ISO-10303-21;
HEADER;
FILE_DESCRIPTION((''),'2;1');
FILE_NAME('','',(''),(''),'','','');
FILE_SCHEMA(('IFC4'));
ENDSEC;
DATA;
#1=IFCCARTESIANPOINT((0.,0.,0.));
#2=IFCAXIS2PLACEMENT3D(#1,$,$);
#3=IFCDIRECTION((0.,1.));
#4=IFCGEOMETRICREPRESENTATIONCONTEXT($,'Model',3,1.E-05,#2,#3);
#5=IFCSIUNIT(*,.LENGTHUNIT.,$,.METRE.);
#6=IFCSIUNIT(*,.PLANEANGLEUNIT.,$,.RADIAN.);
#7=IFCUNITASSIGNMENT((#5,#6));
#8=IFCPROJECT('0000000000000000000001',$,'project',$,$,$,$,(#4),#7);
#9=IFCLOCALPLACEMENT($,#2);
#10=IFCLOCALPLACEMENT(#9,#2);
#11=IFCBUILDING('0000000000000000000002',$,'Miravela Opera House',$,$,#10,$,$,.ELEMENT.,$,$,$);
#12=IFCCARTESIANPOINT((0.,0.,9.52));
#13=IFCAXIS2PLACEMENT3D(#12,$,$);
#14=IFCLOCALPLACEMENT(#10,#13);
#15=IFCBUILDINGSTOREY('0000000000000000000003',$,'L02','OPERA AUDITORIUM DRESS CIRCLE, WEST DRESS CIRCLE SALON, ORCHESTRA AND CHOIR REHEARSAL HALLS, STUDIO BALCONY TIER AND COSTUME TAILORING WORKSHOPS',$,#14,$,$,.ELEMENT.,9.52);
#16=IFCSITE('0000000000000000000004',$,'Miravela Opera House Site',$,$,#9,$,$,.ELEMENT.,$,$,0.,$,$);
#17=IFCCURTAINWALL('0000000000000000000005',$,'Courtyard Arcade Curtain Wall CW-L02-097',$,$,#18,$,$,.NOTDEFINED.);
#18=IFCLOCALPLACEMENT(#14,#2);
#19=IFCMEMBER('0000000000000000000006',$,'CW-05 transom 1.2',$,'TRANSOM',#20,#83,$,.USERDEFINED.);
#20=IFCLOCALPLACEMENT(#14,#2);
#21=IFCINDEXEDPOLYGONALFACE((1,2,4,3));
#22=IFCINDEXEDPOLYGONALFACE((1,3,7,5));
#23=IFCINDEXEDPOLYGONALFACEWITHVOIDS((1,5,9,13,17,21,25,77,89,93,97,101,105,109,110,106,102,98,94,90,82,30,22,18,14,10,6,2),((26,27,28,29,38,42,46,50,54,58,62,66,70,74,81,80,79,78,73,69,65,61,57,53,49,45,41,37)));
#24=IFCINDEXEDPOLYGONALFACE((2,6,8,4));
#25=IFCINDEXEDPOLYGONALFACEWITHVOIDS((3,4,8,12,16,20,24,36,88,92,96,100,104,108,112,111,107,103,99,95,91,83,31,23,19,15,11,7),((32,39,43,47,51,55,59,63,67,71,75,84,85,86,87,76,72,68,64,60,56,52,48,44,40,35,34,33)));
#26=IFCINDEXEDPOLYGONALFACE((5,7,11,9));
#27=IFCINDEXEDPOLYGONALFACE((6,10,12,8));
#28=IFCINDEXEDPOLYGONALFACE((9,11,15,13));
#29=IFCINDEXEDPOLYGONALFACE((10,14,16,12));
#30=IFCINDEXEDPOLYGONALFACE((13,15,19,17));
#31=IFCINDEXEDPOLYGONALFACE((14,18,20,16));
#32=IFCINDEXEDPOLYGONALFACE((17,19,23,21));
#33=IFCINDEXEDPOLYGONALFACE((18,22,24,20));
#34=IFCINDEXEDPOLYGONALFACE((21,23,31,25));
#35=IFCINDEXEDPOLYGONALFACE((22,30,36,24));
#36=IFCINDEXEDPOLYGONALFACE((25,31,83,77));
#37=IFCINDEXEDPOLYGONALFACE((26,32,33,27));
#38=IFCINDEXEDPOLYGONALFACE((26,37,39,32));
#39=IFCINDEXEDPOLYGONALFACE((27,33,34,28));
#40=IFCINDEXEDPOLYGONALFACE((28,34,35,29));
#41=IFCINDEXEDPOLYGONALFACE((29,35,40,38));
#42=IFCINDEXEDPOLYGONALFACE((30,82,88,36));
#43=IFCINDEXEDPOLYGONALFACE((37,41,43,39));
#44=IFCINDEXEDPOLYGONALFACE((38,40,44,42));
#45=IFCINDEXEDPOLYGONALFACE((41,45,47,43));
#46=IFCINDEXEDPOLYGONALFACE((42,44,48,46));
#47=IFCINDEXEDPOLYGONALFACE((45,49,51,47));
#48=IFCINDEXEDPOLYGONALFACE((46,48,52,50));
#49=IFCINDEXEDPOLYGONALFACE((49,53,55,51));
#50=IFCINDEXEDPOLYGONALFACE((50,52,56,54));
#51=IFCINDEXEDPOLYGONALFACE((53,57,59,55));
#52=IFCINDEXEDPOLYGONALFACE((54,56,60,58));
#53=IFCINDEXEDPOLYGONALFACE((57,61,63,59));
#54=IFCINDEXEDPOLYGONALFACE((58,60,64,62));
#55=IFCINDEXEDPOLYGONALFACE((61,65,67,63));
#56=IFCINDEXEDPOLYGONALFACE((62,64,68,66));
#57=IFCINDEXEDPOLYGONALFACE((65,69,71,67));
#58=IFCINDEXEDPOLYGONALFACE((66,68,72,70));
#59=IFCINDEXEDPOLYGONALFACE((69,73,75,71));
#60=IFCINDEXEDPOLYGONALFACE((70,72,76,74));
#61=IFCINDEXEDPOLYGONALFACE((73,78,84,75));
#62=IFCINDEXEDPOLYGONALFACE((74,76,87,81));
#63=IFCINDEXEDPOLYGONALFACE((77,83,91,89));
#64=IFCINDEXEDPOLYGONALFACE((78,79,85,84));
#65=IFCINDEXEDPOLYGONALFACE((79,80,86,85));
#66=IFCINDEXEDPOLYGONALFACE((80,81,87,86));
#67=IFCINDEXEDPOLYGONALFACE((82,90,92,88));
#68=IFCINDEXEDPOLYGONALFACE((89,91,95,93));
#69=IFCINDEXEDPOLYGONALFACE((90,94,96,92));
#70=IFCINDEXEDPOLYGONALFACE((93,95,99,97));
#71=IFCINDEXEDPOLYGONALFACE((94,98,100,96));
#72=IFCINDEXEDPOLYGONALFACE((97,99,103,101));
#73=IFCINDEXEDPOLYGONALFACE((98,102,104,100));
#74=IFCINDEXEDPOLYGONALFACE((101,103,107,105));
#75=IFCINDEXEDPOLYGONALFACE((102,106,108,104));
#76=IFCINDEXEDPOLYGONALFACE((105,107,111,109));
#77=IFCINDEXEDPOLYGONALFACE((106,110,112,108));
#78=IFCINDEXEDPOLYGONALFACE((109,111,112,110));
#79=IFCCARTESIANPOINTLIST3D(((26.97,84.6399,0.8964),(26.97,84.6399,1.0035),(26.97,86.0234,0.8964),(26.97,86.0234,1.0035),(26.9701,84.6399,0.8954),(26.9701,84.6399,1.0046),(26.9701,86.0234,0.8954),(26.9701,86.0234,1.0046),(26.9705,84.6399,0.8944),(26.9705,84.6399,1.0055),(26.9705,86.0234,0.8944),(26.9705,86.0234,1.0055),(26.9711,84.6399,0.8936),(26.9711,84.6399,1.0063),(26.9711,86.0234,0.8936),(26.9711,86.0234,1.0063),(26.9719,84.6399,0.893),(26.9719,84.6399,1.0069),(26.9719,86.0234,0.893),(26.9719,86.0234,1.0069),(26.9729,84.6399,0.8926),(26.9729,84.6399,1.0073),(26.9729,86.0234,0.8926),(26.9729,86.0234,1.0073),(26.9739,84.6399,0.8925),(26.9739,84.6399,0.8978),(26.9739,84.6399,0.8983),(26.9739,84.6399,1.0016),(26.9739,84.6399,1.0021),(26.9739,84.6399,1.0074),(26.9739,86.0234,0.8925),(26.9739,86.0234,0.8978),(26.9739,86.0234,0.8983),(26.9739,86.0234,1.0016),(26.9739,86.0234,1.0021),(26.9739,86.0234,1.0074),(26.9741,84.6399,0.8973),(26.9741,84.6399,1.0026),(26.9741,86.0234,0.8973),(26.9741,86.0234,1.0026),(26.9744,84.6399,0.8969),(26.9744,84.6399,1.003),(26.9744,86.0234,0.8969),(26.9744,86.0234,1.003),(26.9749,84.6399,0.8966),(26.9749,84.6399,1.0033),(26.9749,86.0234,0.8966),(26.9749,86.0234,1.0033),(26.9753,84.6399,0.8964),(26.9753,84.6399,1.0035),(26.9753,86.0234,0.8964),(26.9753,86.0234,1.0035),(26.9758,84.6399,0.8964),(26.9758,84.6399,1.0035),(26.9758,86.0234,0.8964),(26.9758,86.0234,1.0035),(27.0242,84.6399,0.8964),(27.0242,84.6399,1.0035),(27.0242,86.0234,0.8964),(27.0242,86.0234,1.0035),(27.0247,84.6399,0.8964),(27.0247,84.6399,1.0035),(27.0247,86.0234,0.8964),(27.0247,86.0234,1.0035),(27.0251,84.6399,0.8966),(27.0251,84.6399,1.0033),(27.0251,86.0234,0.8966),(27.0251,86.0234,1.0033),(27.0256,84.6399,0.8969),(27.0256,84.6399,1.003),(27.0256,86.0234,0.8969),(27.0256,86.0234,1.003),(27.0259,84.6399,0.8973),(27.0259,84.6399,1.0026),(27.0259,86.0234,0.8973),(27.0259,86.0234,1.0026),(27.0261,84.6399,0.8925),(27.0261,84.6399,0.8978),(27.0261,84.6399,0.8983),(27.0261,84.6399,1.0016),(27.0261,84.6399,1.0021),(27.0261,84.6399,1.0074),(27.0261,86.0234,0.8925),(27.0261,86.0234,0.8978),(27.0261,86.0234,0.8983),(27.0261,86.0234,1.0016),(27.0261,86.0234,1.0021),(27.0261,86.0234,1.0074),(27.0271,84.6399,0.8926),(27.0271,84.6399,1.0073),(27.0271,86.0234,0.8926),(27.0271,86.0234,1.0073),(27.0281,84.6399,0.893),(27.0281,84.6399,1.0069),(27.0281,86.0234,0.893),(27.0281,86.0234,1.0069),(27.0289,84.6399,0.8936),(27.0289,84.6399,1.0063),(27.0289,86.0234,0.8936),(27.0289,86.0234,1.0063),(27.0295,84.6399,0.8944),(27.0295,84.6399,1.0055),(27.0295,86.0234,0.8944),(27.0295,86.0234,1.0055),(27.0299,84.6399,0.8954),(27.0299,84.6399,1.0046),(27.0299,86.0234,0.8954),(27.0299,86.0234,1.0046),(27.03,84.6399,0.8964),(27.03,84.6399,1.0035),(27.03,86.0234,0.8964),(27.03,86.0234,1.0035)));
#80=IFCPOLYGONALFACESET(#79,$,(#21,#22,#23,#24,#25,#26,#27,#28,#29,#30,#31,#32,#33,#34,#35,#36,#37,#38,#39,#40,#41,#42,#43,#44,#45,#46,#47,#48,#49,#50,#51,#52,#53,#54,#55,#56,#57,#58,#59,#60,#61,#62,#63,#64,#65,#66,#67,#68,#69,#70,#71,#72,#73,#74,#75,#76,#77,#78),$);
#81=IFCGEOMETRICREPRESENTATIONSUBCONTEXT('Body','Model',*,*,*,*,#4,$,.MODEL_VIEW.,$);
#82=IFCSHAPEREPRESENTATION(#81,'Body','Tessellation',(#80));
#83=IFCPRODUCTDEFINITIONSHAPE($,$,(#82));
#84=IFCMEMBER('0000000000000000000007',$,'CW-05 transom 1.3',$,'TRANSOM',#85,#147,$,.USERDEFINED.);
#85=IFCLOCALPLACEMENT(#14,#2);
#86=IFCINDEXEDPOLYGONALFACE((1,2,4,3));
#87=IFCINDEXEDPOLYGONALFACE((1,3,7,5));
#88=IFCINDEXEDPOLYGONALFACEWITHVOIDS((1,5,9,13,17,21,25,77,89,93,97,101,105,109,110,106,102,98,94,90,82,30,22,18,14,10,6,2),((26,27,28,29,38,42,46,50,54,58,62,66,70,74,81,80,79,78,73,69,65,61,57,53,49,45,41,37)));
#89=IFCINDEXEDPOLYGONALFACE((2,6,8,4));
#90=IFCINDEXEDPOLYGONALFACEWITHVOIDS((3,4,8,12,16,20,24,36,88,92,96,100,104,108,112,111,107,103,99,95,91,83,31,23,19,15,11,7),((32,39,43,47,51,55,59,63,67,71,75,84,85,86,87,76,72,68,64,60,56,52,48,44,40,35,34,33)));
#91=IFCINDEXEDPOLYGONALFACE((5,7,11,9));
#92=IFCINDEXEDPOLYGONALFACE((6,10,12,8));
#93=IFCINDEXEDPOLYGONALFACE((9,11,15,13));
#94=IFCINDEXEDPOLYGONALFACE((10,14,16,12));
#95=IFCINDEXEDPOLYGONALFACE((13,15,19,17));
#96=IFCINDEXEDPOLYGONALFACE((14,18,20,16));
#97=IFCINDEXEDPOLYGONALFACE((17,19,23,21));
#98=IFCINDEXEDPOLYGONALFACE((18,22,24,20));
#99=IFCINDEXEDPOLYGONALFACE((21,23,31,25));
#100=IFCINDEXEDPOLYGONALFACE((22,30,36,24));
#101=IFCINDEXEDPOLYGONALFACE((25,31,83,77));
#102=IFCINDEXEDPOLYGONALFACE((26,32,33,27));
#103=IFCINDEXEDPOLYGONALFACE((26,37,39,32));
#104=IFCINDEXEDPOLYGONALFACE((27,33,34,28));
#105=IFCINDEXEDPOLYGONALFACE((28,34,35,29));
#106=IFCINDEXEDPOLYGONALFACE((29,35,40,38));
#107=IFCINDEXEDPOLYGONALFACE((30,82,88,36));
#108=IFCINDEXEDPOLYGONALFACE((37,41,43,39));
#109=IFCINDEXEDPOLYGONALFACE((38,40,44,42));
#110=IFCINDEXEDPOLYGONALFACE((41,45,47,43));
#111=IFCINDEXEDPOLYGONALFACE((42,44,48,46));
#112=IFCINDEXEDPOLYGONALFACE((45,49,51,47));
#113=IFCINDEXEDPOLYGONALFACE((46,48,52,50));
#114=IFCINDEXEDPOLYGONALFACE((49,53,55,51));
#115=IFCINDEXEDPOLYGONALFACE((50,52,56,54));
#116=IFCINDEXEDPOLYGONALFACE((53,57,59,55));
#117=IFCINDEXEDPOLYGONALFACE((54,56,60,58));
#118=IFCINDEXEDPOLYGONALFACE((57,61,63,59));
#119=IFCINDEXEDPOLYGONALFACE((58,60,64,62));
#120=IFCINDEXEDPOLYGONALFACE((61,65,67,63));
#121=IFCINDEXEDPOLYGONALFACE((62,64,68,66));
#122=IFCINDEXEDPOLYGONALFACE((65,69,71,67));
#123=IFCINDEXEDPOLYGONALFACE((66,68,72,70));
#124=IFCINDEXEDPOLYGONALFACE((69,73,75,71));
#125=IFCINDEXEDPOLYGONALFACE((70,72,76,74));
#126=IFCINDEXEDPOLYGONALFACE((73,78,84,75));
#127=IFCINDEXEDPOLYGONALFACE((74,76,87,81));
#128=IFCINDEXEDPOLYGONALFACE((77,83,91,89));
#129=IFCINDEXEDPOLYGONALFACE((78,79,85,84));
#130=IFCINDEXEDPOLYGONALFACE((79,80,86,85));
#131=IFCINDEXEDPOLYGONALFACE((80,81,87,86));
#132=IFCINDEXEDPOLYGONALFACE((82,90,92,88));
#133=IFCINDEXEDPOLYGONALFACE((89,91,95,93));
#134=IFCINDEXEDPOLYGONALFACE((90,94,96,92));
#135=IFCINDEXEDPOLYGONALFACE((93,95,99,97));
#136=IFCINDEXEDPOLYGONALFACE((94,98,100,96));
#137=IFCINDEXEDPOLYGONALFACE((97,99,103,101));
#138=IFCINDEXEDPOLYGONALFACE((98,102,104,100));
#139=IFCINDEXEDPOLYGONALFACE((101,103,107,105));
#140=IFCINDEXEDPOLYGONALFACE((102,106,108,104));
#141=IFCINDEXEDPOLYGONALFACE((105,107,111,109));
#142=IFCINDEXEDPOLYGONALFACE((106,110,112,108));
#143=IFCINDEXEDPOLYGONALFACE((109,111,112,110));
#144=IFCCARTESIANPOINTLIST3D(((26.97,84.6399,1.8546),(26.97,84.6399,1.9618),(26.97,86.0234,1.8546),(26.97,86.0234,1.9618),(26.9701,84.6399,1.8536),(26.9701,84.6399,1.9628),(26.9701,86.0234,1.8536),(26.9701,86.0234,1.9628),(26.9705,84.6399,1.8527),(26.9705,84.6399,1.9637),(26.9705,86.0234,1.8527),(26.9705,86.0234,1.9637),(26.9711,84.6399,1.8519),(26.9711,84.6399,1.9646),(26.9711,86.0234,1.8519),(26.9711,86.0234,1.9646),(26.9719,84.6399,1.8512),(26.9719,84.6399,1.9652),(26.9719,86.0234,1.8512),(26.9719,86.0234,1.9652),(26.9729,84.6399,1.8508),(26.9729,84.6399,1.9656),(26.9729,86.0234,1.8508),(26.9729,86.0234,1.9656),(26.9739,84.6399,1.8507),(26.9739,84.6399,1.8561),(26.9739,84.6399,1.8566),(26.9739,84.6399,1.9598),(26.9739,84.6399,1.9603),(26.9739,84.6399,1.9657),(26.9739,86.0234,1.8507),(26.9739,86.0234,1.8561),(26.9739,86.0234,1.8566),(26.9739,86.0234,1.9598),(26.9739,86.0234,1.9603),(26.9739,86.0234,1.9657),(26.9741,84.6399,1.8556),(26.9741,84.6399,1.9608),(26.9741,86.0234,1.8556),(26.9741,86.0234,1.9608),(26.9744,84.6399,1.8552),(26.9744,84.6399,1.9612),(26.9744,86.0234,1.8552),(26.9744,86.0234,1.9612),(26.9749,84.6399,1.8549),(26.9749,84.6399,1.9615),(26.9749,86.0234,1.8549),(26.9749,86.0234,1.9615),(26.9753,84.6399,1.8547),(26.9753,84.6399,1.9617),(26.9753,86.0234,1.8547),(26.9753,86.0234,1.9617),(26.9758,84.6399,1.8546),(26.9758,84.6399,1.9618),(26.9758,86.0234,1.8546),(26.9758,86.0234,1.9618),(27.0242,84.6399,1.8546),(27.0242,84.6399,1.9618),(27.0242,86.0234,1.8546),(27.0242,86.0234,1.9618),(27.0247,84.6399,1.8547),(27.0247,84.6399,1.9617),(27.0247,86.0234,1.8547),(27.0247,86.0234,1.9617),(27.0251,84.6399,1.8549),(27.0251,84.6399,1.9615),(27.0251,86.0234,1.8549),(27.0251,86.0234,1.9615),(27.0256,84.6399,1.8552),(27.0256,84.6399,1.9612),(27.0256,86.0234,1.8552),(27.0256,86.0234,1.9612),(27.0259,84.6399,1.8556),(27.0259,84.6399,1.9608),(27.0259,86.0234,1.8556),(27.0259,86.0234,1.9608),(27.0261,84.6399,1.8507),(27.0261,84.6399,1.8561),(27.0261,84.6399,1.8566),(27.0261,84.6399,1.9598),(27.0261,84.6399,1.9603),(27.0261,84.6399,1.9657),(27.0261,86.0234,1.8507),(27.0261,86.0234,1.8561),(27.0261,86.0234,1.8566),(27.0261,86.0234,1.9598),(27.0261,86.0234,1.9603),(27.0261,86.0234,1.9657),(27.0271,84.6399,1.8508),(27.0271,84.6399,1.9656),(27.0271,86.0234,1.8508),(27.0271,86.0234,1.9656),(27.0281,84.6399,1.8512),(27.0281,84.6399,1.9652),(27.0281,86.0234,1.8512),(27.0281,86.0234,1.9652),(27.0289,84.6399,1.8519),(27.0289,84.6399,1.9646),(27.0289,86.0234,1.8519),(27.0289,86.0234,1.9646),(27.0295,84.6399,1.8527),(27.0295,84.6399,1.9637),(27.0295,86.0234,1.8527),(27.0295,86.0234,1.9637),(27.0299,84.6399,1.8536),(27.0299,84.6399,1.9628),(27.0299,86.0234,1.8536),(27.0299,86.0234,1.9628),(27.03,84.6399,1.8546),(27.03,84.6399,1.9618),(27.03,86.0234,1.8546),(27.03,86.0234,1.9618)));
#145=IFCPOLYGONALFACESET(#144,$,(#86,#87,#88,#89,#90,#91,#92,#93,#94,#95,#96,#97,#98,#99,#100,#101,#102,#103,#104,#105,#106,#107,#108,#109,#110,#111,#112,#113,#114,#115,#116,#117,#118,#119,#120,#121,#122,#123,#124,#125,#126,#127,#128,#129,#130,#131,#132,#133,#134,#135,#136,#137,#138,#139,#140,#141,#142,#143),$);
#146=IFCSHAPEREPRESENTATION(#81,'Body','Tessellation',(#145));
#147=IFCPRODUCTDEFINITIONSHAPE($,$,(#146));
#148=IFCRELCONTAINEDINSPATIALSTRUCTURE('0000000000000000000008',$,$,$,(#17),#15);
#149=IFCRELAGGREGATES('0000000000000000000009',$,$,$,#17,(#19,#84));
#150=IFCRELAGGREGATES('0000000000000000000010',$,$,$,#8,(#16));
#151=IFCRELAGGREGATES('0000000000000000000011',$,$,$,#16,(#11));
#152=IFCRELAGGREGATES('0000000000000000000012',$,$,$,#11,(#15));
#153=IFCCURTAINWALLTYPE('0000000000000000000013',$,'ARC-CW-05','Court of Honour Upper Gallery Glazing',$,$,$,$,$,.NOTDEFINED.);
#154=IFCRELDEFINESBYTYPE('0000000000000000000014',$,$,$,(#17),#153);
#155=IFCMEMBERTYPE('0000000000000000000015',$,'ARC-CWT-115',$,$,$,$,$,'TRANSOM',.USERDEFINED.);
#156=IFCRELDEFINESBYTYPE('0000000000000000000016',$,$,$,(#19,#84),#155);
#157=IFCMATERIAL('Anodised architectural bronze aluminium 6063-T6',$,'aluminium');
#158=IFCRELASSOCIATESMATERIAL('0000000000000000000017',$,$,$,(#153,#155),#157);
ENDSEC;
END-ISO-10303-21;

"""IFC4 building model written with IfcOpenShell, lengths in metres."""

from ifc_helpers import new_model, si_unit, direction, frame, origin, origin_2d, place, context, subcontext, project, spatial, hollow_rectangle, extrude, material, material_profile, profile_set, type_object, element, aggregate, save


model = new_model("IFC4")

# Units and contexts
model_context = context("Model", 3, precision=1e-05, world=origin(), true_north=direction((0.0, 1.0)))
body_context = subcontext(model_context, "Body", "Model", "MODEL_VIEW")
ifc_project = project(units=[si_unit("LENGTHUNIT", "METRE"), si_unit("PLANEANGLEUNIT", "RADIAN")], contexts=[model_context])

# Site, building, storey
site_placement = place(None, origin())
site = spatial("IfcSite", under=ifc_project, at=site_placement, Name="Miravela Opera House Site", CompositionType="ELEMENT", RefElevation=0.0)
building_placement = place(site_placement, origin())
building = spatial("IfcBuilding", under=site, at=building_placement, Name="Miravela Opera House", CompositionType="ELEMENT")
storey_placement = place(building_placement, frame((0.0, 0.0, 9.52)))
storey = spatial("IfcBuildingStorey", under=building, at=storey_placement, Name="L02", Description="OPERA AUDITORIUM DRESS CIRCLE, WEST DRESS CIRCLE SALON, ORCHESTRA AND CHOIR REHEARSAL HALLS, STUDIO BALCONY TIER AND COSTUME TAILORING WORKSHOPS", CompositionType="ELEMENT", Elevation=9.52)

# Curtain wall, members
ifc_material_1 = material(Name="Anodised architectural bronze aluminium 6063-T6", Category="aluminium")
curtain_wall_type = type_object("IfcCurtainWallType", Name="ARC-CW-05", Description="Court of Honour Upper Gallery Glazing", PredefinedType="NOTDEFINED", material=ifc_material_1)
curtain_wall_placement = place(storey_placement, origin())
curtain_wall = element("IfcCurtainWall", 1, at=curtain_wall_placement, inside=storey, type_object=curtain_wall_type, Name="Courtyard Arcade Curtain Wall CW-L02-097", PredefinedType="NOTDEFINED")
ifc_material_profile_1 = material_profile(ifc_material_1, hollow_rectangle(XDim=0.0601, YDim=0.115, WallThickness=0.0039, InnerFilletRadius=0.002, OuterFilletRadius=0.0039, at=origin_2d()), Name="CWT-60X115")
ifc_profile_set_1 = profile_set([ifc_material_profile_1])
member_type_1 = type_object("IfcMemberType", Name="ARC-CWT-115", ElementType="TRANSOM", PredefinedType="USERDEFINED", material=ifc_profile_set_1)
member_1_placement = place(storey_placement, frame((27.0, 84.6399, 0.95), z_axis=(0.0, 1.0, 0.0), x_axis=(-1.0, 0.0, 0.0)))
member_1 = element("IfcMember", 2, at=member_1_placement, type_object=member_type_1, Name="CW-05 transom 1.2", ObjectType="TRANSOM", PredefinedType="USERDEFINED", context=body_context, shape_type="SweptSolid", body=[
    extrude(hollow_rectangle(XDim=0.0601, YDim=0.115, WallThickness=0.0039, InnerFilletRadius=0.002, OuterFilletRadius=0.0039, at=origin_2d()), origin(), (0.0, 0.0, 1.0), 1.3835),
])
member_2_placement = place(storey_placement, frame((27.0, 84.6399, 1.9082), z_axis=(0.0, 1.0, 0.0), x_axis=(-1.0, 0.0, 0.0)))
member_2 = element("IfcMember", 3, at=member_2_placement, type_object=member_type_1, Name="CW-05 transom 1.3", ObjectType="TRANSOM", PredefinedType="USERDEFINED", context=body_context, shape_type="SweptSolid", body=[
    extrude(hollow_rectangle(XDim=0.0601, YDim=0.115, WallThickness=0.0039, InnerFilletRadius=0.002, OuterFilletRadius=0.0039, at=origin_2d()), origin(), (0.0, 0.0, 1.0), 1.3835),
])
aggregate(curtain_wall, [member_1, member_2])

save(model, "model.ifc")
